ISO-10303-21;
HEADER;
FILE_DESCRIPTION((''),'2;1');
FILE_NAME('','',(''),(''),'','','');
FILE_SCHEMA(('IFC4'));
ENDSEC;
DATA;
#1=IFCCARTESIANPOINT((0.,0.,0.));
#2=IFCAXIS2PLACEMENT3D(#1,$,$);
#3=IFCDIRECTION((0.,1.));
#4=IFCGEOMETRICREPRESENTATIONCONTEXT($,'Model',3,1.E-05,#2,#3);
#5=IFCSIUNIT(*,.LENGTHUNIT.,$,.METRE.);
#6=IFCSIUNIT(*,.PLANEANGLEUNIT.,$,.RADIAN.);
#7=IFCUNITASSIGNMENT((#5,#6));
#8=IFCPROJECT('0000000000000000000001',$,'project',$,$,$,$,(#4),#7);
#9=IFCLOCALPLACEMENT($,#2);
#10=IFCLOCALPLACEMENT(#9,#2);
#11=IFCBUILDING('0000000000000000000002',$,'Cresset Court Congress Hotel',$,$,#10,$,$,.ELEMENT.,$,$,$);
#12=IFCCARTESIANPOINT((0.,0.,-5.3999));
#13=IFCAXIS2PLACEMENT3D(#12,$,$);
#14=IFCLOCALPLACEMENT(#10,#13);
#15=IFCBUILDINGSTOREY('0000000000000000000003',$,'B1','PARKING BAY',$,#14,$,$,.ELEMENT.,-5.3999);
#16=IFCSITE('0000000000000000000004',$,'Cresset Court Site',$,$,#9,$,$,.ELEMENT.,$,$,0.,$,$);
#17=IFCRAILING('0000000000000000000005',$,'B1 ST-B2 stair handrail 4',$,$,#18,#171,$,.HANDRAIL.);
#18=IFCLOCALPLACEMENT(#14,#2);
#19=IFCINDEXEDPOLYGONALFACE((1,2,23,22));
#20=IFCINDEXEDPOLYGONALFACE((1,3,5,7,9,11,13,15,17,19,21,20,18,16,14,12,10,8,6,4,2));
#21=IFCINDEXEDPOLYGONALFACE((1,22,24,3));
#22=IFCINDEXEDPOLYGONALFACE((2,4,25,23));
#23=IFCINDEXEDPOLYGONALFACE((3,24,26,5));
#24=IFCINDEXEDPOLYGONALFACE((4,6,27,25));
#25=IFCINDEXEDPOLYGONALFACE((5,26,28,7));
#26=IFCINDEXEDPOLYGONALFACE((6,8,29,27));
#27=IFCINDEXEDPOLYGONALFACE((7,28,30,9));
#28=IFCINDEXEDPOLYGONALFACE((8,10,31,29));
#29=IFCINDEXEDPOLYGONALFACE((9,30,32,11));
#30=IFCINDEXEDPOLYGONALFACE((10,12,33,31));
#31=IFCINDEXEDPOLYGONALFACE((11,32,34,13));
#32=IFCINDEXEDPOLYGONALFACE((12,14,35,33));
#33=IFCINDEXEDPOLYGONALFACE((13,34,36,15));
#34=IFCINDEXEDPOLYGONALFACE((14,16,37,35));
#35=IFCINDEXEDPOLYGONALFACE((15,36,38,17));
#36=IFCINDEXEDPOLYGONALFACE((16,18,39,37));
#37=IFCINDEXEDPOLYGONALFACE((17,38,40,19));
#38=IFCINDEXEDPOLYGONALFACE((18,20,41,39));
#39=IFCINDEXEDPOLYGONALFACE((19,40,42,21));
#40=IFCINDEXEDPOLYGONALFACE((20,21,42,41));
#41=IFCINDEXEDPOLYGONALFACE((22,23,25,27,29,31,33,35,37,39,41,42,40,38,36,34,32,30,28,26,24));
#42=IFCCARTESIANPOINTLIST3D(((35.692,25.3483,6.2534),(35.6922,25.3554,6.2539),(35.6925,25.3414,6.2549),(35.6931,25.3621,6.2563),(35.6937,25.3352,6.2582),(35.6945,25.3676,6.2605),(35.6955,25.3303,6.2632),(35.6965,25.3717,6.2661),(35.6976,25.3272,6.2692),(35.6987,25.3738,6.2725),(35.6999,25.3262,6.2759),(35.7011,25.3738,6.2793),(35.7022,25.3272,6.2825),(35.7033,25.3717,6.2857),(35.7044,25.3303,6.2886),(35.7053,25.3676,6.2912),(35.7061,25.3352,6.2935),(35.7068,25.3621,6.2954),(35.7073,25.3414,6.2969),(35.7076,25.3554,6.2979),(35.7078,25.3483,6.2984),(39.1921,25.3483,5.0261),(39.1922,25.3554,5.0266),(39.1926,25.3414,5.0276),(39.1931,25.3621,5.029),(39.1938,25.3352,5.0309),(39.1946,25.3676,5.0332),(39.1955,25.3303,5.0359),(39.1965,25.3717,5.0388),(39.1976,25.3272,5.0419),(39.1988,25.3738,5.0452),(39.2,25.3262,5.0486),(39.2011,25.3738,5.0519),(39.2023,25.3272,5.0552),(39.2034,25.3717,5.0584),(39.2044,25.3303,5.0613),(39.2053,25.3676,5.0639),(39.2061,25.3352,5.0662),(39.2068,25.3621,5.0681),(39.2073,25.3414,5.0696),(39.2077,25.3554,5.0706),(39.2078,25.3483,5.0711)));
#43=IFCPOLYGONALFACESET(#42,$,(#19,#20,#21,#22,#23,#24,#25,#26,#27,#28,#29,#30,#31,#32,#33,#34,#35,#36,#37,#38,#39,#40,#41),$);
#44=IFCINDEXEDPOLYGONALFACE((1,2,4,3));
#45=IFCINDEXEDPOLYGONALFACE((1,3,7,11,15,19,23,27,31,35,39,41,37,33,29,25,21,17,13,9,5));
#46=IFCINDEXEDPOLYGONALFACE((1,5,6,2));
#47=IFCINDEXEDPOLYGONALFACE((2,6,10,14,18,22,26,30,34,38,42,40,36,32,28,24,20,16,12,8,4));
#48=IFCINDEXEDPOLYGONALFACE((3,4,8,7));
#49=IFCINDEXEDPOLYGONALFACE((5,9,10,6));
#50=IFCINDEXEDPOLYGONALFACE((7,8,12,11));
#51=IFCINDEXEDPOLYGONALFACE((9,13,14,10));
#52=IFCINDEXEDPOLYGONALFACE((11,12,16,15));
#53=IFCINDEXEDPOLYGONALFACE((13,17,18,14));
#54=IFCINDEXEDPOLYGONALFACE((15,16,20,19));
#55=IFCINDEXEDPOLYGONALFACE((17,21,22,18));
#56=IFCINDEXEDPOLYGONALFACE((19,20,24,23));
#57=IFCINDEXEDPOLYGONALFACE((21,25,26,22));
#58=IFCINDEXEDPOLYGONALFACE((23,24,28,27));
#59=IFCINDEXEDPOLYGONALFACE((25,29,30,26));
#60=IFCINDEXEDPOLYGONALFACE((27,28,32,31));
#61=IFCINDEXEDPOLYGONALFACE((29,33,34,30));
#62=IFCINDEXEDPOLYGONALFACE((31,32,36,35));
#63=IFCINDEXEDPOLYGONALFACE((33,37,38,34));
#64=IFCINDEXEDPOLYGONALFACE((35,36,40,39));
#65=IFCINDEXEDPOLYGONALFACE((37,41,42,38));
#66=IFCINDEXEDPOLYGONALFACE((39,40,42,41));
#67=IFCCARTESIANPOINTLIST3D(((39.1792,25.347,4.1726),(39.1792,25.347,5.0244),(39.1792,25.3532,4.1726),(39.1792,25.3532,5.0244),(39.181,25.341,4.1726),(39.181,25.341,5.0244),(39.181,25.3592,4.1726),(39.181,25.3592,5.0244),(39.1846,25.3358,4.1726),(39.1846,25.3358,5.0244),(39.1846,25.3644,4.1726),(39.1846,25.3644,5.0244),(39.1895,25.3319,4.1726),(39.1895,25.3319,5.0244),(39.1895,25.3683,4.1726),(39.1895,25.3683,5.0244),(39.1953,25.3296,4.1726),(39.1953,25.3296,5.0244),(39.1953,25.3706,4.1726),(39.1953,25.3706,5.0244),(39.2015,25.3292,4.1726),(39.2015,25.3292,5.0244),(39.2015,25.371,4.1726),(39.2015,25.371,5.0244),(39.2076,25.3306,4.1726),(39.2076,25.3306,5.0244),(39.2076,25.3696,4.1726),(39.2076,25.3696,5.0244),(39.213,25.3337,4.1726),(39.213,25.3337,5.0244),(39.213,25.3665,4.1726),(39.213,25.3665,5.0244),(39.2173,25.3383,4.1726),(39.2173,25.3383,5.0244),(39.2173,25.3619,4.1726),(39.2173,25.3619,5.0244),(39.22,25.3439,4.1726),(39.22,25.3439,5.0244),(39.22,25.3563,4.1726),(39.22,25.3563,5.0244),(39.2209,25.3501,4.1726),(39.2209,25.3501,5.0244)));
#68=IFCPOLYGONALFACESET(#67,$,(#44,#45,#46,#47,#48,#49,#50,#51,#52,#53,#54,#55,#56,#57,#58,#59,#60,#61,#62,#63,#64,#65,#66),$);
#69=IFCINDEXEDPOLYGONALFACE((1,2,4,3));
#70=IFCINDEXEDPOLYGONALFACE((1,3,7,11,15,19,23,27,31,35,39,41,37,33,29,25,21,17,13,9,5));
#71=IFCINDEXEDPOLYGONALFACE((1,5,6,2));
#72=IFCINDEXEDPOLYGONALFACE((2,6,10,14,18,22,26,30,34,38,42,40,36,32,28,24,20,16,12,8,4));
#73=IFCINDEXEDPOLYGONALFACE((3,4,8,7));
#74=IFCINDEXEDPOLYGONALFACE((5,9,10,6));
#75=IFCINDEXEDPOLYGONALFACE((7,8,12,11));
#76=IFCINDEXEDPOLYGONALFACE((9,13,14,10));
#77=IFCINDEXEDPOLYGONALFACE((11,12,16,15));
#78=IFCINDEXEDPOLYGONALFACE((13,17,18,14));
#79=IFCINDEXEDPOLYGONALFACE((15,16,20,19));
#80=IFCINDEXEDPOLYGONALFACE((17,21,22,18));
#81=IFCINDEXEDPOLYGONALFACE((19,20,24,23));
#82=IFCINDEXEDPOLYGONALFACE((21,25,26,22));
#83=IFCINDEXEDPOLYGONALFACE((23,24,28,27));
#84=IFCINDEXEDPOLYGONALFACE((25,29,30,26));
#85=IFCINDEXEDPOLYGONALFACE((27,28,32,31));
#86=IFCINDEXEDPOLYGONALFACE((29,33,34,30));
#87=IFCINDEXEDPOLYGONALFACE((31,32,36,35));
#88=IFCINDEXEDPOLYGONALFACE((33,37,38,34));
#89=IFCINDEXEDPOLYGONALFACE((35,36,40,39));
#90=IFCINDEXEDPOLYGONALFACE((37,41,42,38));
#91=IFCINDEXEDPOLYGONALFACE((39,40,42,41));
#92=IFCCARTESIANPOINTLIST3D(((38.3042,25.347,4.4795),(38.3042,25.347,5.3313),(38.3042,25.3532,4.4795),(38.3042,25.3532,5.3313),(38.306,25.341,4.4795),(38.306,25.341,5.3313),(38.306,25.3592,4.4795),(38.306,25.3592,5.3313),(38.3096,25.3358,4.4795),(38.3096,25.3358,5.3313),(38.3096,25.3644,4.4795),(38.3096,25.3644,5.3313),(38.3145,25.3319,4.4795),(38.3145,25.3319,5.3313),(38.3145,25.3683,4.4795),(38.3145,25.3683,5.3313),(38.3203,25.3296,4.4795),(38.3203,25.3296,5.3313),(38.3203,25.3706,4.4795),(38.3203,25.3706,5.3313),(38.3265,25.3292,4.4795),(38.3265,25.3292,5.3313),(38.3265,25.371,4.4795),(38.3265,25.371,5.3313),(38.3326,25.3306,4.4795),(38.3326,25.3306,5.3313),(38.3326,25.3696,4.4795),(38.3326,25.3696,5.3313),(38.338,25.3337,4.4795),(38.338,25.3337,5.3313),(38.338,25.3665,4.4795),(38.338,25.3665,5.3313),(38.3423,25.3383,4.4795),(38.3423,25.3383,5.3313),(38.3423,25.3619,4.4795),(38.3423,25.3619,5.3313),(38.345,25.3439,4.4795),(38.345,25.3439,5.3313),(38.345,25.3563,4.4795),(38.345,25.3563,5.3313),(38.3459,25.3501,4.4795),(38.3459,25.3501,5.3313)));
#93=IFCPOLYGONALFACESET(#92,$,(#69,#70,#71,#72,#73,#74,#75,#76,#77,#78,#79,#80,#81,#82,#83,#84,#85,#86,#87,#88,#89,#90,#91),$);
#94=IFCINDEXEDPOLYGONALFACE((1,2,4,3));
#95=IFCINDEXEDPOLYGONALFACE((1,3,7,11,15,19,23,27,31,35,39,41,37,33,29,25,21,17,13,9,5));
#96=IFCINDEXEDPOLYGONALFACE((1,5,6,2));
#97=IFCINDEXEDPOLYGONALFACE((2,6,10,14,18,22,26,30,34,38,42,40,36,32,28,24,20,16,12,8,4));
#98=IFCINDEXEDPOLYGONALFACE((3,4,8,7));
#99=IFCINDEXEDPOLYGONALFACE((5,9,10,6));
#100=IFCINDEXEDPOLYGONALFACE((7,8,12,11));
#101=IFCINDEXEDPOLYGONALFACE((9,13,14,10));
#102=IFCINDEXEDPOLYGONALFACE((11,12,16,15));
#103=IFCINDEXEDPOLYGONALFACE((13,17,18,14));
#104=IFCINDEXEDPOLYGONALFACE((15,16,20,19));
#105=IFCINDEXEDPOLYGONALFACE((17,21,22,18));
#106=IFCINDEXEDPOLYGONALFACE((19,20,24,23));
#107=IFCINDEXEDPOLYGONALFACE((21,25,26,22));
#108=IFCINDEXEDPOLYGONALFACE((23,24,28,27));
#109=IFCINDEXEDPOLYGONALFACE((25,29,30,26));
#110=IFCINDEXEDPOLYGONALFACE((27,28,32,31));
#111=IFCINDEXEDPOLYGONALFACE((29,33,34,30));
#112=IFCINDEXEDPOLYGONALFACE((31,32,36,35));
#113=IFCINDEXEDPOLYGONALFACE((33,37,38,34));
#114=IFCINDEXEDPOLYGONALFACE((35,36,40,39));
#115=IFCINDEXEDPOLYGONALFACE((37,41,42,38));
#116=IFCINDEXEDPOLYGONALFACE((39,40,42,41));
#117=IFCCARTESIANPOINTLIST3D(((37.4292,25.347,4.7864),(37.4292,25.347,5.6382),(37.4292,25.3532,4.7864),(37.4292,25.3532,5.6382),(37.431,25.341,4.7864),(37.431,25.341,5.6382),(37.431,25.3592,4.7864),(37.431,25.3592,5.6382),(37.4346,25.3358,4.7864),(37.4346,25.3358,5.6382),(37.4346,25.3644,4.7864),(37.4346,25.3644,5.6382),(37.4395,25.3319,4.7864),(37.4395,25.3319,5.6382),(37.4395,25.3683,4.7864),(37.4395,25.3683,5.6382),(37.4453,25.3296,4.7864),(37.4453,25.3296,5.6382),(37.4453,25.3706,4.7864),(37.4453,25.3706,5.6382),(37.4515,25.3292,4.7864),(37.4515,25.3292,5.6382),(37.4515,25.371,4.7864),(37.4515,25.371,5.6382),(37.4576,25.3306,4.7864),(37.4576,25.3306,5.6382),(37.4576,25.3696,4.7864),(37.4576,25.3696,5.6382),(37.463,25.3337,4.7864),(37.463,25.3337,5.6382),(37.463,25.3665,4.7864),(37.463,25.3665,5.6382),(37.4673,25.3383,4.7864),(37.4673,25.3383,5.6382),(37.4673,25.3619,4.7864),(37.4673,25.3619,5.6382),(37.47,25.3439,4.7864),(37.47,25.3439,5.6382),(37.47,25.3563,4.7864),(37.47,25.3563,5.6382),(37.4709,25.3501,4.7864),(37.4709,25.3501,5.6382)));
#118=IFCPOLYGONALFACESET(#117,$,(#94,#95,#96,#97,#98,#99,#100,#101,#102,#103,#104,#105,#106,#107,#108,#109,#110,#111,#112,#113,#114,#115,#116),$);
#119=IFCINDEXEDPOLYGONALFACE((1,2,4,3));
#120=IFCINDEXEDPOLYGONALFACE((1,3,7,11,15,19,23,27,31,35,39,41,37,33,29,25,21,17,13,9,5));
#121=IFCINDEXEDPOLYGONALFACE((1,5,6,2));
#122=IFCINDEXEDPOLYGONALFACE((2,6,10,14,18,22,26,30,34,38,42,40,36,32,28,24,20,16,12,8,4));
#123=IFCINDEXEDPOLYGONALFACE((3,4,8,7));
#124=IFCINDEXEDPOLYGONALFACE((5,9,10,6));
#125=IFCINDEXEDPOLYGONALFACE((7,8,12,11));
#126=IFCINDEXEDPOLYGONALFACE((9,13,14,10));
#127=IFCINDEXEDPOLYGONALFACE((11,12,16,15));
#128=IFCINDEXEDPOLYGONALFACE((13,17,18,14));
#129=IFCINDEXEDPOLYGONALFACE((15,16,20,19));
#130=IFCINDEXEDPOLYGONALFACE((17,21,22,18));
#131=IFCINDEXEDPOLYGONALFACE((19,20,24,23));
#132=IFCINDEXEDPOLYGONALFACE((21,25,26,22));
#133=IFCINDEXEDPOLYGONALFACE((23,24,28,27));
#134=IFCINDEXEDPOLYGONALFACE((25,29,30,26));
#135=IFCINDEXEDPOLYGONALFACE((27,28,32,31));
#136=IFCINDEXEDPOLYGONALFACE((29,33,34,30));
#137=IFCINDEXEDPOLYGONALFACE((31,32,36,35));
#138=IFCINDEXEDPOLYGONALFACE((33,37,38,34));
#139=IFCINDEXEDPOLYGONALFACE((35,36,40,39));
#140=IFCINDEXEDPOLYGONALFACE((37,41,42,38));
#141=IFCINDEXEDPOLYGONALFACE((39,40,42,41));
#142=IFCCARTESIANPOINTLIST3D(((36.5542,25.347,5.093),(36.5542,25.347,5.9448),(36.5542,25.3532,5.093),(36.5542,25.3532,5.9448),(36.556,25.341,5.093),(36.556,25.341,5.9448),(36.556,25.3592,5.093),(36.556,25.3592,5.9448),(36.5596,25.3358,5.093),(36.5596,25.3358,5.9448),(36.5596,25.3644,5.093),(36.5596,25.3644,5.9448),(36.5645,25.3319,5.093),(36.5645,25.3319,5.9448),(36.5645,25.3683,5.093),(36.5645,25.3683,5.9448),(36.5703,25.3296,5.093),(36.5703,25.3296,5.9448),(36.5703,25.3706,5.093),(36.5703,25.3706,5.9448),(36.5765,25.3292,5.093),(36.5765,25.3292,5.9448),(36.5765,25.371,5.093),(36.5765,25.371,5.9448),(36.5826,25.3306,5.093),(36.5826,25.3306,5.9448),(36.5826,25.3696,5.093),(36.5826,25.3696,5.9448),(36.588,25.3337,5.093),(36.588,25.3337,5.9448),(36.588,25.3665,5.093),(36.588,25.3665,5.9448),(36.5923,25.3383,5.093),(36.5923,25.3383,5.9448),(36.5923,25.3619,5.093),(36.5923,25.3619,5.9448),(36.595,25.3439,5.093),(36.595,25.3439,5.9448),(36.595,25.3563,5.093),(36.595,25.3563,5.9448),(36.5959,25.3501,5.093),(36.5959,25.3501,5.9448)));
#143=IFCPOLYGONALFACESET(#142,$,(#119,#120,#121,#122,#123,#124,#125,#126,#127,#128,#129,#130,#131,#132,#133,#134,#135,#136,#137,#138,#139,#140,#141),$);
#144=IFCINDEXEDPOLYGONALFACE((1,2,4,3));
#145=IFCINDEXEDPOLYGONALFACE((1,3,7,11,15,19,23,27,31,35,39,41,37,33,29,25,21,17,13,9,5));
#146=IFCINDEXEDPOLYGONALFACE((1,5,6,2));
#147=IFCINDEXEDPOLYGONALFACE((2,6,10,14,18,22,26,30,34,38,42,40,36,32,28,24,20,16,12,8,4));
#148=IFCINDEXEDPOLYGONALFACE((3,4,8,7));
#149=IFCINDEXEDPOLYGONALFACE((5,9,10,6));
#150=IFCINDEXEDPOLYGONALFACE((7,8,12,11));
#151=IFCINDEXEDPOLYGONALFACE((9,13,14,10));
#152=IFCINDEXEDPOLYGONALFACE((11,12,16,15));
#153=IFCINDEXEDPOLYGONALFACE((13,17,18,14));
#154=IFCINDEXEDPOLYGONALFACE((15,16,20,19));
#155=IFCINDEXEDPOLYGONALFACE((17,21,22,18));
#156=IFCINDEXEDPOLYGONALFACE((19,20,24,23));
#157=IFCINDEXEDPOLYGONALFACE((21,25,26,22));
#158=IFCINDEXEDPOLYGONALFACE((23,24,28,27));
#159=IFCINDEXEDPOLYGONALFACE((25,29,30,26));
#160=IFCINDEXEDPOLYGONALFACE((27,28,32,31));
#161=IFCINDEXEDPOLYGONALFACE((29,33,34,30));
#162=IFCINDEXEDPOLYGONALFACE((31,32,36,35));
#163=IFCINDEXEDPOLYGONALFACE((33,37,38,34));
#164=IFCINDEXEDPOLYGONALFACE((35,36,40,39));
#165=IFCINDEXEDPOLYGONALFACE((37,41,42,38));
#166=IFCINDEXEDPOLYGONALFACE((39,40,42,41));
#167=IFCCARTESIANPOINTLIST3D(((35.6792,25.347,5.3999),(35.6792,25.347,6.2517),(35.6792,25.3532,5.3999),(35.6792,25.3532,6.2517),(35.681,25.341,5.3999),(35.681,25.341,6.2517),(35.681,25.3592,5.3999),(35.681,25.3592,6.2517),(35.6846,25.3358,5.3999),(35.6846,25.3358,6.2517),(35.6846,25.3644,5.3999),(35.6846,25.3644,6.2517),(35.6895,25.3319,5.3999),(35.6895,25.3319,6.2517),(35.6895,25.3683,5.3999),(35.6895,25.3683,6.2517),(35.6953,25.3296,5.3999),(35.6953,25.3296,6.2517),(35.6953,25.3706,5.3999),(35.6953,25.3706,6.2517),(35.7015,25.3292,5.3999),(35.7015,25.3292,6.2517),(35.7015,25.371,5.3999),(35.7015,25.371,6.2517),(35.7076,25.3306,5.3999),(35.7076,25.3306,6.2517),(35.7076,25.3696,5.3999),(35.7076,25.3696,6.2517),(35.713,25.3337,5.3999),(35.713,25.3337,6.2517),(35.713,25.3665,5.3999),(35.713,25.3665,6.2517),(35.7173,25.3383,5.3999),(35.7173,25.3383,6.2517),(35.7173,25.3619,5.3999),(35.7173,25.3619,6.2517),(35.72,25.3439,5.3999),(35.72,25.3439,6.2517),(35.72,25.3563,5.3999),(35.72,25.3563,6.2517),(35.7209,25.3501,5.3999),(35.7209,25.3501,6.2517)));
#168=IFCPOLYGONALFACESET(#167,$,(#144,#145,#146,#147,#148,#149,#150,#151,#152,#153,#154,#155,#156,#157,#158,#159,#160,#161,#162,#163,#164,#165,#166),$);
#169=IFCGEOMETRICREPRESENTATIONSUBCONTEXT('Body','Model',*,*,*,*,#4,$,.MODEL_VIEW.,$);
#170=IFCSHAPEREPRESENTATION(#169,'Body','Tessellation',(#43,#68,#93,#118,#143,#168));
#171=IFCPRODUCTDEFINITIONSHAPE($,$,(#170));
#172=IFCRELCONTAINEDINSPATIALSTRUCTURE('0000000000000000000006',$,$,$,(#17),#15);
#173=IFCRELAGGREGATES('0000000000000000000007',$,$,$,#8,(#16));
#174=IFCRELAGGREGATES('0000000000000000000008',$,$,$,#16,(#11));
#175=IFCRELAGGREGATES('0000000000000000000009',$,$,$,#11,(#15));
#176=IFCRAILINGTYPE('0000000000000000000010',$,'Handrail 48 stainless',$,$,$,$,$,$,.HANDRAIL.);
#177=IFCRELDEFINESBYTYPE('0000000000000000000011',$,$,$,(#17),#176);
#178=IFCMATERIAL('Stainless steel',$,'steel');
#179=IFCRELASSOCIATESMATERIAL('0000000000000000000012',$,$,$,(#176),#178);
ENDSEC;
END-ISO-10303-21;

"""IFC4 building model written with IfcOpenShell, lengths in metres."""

from ifc_helpers import new_model, si_unit, direction, frame, origin, origin_2d, place, context, subcontext, project, spatial, circle, extrude, material, type_object, element, save


model = new_model("IFC4")

# Units and contexts
model_context = context("Model", 3, precision=1e-05, world=origin(), true_north=direction((0.0, 1.0)))
body_context = subcontext(model_context, "Body", "Model", "MODEL_VIEW")
ifc_project = project(units=[si_unit("LENGTHUNIT", "METRE"), si_unit("PLANEANGLEUNIT", "RADIAN")], contexts=[model_context])

# Site, building, storey
site_placement = place(None, origin())
site = spatial("IfcSite", under=ifc_project, at=site_placement, Name="Cresset Court Site", CompositionType="ELEMENT", RefElevation=0.0)
building_placement = place(site_placement, origin())
building = spatial("IfcBuilding", under=site, at=building_placement, Name="Cresset Court Congress Hotel", CompositionType="ELEMENT")
storey_placement = place(building_placement, frame((0.0, 0.0, -5.3999)))
storey = spatial("IfcBuildingStorey", under=building, at=storey_placement, Name="B1", Description="PARKING BAY", CompositionType="ELEMENT", Elevation=-5.3999)

# Railing
ifc_material_1 = material(Name="Stainless steel", Category="steel")
railing_type_1 = type_object("IfcRailingType", Name="Handrail 48 stainless", PredefinedType="HANDRAIL", material=ifc_material_1)
railing_1_placement = place(storey_placement, frame((39.2, 25.3501, 4.1726)))
element("IfcRailing", 1, at=railing_1_placement, inside=storey, type_object=railing_type_1, Name="B1 ST-B2 stair handrail 4", PredefinedType="HANDRAIL", context=body_context, shape_type="SweptSolid", body=[
    extrude(circle(Radius=0.0239, at=origin_2d()), frame((0.0, 0.0, 0.876), z_axis=(-0.943665, 0.0, 0.330902), x_axis=(0.0, -1.0, 0.0)), (0.0, 0.0, 1.0), 3.709),
    extrude(circle(Radius=0.021, at=origin_2d()), origin(), (0.0, 0.0, 1.0), 0.8518),
    extrude(circle(Radius=0.021, at=origin_2d()), frame((-0.875, 0.0, 0.3069)), (0.0, 0.0, 1.0), 0.8518),
    extrude(circle(Radius=0.021, at=origin_2d()), frame((-1.75, 0.0, 0.6138)), (0.0, 0.0, 1.0), 0.8518),
    extrude(circle(Radius=0.021, at=origin_2d()), frame((-2.625, 0.0, 0.9204)), (0.0, 0.0, 1.0), 0.8518),
    extrude(circle(Radius=0.021, at=origin_2d()), frame((-3.5, 0.0, 1.2273)), (0.0, 0.0, 1.0), 0.8518),
])

save(model, "model.ifc")
